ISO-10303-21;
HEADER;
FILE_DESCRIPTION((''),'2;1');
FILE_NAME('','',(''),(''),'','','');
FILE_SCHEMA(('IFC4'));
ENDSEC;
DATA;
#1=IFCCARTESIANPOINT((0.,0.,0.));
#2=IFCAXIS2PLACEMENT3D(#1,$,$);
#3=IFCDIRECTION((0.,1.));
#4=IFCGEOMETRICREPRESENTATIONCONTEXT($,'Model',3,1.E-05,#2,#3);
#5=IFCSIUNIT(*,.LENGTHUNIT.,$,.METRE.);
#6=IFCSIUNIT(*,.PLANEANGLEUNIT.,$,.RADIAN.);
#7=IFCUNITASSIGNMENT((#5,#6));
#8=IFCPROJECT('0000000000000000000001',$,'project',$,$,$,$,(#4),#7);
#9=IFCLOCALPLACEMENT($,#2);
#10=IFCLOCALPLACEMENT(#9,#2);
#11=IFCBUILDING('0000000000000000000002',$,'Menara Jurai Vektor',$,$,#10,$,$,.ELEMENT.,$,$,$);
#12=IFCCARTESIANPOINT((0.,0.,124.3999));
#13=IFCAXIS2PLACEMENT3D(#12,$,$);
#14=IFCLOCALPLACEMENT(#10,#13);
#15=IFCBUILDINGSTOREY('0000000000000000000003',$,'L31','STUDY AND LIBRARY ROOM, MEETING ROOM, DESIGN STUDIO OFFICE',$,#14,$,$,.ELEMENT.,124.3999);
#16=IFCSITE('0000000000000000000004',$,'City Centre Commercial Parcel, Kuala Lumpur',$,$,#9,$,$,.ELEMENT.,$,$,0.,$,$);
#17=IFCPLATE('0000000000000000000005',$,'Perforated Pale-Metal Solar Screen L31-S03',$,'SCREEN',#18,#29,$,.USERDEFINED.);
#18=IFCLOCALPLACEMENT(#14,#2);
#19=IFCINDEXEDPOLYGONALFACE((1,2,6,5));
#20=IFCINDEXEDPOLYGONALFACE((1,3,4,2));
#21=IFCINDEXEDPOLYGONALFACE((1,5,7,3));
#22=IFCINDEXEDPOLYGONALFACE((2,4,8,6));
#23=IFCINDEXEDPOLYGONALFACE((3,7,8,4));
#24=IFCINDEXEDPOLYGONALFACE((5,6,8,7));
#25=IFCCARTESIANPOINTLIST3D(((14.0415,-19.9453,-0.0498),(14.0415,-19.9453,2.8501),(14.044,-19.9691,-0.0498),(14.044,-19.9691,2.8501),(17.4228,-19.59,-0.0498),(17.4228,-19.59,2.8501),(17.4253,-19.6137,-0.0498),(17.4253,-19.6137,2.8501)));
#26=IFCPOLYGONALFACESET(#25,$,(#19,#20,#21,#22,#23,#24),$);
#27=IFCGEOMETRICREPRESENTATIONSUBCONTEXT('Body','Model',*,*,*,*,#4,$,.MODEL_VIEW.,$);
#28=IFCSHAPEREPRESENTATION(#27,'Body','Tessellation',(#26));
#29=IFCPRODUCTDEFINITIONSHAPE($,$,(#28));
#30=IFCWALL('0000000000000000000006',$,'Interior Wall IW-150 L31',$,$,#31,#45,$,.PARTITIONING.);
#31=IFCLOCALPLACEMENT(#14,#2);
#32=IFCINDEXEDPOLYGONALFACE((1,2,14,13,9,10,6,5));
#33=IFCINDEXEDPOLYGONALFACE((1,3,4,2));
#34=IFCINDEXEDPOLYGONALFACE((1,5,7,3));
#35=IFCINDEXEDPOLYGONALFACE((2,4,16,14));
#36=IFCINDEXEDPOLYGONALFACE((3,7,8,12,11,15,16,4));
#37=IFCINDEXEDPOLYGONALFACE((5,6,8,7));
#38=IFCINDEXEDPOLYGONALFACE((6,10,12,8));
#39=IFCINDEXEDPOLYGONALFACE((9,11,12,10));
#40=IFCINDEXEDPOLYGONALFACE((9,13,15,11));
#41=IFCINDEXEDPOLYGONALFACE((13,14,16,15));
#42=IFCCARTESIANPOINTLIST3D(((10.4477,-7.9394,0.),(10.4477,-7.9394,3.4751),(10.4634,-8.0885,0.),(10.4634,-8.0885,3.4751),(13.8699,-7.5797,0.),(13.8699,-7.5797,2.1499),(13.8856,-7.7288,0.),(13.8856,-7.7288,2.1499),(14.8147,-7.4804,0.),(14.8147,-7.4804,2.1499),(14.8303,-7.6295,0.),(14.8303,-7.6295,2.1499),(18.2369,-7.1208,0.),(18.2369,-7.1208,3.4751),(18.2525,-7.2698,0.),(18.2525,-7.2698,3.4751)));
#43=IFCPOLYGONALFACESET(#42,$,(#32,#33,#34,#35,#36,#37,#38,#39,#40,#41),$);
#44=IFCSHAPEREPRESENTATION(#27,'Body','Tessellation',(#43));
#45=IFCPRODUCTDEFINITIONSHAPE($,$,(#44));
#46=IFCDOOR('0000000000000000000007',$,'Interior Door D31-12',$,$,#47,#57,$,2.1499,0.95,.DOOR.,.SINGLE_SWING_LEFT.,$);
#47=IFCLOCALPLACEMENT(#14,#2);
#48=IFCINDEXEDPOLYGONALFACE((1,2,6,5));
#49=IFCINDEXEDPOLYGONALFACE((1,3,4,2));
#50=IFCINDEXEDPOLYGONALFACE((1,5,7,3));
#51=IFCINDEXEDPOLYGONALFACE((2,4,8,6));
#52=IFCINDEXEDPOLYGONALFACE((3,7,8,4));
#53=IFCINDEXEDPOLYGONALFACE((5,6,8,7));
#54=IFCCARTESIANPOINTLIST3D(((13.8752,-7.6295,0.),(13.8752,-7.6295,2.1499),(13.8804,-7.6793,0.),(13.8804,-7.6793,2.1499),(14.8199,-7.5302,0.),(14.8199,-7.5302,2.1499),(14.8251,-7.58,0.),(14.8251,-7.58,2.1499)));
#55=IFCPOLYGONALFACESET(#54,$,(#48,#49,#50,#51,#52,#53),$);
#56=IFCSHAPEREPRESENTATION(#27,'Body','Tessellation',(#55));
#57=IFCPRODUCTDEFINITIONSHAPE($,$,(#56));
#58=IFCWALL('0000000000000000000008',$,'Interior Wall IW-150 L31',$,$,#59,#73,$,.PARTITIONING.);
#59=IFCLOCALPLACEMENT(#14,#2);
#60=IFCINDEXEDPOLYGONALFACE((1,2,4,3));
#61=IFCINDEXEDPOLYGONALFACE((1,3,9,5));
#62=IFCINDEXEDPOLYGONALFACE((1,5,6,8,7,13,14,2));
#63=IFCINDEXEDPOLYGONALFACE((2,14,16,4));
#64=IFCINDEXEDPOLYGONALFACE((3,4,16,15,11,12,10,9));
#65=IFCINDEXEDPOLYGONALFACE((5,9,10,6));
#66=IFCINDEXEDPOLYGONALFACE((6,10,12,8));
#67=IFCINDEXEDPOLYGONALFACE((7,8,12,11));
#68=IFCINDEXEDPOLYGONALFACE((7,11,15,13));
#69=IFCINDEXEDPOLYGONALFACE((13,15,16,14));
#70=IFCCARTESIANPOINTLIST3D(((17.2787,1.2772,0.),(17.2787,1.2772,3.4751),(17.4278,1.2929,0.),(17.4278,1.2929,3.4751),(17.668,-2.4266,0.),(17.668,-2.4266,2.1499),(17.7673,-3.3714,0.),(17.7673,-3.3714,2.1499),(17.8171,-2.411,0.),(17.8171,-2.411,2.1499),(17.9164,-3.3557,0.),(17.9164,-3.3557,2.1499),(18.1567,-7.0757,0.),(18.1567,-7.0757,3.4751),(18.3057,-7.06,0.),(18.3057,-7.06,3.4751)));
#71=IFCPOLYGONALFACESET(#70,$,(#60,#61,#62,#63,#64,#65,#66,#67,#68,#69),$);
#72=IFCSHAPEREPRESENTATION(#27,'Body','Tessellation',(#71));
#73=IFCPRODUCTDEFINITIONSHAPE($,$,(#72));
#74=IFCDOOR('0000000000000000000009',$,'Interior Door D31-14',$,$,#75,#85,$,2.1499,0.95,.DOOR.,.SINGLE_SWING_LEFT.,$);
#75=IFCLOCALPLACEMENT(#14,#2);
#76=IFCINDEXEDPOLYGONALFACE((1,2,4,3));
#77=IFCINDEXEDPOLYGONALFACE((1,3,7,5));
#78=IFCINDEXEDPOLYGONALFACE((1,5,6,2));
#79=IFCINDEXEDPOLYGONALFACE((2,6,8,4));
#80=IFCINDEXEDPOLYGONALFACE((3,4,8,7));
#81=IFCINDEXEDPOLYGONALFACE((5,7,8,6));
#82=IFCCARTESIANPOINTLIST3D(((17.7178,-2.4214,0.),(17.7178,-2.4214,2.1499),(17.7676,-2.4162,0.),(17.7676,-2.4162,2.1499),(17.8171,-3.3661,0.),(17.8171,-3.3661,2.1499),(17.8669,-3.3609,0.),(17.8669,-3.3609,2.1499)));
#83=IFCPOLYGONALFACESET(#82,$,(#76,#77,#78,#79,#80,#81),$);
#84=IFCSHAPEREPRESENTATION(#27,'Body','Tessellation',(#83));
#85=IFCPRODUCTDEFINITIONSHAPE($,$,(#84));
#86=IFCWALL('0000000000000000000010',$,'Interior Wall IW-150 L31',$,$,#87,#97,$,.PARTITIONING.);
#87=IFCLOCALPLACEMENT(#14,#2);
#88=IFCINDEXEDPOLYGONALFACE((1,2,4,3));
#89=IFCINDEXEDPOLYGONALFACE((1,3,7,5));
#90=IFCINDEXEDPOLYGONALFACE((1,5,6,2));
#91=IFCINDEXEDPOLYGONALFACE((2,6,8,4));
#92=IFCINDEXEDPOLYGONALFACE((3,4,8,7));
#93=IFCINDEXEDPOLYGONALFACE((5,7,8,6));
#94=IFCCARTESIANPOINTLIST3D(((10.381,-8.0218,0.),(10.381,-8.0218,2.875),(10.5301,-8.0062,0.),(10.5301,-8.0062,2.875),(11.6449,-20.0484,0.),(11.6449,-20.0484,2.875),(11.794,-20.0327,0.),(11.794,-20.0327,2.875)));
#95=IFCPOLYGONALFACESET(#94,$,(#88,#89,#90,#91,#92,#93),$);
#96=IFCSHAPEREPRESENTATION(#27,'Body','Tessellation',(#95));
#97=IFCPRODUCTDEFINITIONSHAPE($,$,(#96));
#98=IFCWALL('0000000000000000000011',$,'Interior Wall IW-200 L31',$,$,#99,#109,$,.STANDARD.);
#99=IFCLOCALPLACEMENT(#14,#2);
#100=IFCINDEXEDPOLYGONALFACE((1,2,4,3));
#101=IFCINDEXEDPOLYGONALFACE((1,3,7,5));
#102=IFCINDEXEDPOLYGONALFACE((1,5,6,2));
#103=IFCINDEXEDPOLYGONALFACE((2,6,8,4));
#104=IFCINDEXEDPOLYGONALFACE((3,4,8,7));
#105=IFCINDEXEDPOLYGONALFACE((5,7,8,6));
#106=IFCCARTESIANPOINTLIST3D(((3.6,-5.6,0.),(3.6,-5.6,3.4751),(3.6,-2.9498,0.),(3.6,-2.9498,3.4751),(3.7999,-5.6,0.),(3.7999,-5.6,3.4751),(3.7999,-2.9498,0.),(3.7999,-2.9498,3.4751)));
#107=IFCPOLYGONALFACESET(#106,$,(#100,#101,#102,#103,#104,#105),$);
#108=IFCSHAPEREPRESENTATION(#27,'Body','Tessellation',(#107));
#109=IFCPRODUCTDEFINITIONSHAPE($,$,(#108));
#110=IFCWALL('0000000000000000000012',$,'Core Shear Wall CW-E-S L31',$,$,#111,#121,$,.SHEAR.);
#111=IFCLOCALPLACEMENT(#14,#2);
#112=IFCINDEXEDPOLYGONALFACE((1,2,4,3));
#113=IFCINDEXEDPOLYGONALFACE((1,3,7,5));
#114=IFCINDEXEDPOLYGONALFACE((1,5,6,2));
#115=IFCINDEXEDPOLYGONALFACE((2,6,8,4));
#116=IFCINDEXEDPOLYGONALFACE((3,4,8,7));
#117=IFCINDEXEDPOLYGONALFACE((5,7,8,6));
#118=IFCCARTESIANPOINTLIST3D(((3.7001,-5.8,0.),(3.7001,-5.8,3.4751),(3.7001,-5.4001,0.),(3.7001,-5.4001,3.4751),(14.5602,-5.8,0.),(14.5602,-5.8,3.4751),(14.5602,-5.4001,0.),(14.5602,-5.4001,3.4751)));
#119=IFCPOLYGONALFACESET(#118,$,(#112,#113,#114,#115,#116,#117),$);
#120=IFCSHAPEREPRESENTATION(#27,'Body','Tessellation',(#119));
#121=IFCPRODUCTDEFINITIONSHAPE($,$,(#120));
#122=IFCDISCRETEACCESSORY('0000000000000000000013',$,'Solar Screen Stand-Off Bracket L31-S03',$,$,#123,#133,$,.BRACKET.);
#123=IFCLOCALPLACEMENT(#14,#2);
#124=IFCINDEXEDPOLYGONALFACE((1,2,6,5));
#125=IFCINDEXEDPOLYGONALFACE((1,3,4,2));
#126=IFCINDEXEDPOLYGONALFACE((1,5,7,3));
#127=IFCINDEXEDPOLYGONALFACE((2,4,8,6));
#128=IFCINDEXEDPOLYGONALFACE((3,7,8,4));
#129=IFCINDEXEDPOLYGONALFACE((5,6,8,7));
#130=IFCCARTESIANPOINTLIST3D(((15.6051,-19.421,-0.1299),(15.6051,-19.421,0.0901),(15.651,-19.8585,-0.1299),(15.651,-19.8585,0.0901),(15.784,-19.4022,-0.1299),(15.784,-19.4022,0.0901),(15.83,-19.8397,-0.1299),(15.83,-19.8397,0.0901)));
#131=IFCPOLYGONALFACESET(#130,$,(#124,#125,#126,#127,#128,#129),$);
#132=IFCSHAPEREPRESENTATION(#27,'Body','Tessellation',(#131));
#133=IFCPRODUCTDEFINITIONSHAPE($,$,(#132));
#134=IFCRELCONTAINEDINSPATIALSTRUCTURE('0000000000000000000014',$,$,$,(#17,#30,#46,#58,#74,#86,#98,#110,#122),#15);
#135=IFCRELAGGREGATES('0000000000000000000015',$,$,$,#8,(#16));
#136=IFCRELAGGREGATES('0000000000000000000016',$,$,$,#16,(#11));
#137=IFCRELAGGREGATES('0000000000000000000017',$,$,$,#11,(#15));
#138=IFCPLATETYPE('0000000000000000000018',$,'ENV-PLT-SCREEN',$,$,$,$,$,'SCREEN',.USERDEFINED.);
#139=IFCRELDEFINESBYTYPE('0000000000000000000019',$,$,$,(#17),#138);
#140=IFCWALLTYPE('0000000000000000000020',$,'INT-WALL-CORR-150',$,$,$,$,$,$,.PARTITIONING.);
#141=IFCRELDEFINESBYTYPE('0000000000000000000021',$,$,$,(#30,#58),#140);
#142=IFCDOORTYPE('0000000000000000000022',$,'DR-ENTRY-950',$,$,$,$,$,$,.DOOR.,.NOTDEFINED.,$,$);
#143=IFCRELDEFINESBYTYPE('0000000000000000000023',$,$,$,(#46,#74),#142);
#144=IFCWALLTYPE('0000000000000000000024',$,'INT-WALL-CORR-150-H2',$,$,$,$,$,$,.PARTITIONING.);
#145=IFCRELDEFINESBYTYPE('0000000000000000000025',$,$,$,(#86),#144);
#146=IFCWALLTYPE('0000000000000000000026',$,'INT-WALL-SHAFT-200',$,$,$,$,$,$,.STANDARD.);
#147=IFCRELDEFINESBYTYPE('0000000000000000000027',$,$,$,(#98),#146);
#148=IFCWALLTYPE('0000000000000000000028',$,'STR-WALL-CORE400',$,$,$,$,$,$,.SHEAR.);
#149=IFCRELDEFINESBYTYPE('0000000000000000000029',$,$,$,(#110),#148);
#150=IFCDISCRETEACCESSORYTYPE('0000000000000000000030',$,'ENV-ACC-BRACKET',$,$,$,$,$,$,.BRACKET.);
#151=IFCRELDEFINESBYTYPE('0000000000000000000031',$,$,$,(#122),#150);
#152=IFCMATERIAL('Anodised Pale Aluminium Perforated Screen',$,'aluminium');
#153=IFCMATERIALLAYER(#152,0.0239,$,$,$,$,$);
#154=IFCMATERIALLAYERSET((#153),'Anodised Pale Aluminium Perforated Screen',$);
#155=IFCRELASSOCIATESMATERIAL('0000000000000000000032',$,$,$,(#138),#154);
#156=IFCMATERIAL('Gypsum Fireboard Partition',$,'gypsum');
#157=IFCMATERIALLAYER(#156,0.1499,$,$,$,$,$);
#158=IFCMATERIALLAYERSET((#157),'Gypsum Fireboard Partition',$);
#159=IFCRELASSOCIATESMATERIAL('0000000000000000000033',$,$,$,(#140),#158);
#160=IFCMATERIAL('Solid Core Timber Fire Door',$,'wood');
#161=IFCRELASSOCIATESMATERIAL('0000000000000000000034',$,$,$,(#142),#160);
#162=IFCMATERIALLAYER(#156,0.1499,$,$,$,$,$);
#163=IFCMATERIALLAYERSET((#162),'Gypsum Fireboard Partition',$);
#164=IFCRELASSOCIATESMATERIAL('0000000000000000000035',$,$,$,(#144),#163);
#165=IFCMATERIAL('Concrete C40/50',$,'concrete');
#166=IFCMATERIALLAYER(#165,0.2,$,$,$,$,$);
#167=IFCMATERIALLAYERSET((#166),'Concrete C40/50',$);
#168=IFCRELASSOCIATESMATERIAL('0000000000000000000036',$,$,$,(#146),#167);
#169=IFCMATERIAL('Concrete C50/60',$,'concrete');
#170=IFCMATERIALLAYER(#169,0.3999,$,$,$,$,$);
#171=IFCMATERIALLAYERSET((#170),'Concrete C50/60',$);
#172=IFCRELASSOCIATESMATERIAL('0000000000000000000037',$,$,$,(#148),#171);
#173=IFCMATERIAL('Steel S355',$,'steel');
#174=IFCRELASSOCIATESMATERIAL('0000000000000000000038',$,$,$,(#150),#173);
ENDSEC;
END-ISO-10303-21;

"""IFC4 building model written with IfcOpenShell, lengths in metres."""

from ifc_helpers import new_model, si_unit, direction, frame, frame_2d, origin, origin_2d, place, context, subcontext, project, spatial, rectangle, extrude, material, layer, layer_set, type_object, element, fill, save


model = new_model("IFC4")

# Units and contexts
model_context = context("Model", 3, precision=1e-05, world=origin(), true_north=direction((0.0, 1.0)))
body_context = subcontext(model_context, "Body", "Model", "MODEL_VIEW")
ifc_project = project(units=[si_unit("LENGTHUNIT", "METRE"), si_unit("PLANEANGLEUNIT", "RADIAN")], contexts=[model_context])

# Site, building, storey
site_placement = place(None, origin())
site = spatial("IfcSite", under=ifc_project, at=site_placement, Name="City Centre Commercial Parcel, Kuala Lumpur", CompositionType="ELEMENT", RefElevation=0.0)
building_placement = place(site_placement, origin())
building = spatial("IfcBuilding", under=site, at=building_placement, Name="Menara Jurai Vektor", CompositionType="ELEMENT")
storey_placement = place(building_placement, frame((0.0, 0.0, 124.3999)))
storey = spatial("IfcBuildingStorey", under=building, at=storey_placement, Name="L31", Description="STUDY AND LIBRARY ROOM, MEETING ROOM, DESIGN STUDIO OFFICE", CompositionType="ELEMENT", Elevation=124.3999)

# Shared definitions
ifc_material_1 = material(Name="Concrete C50/60", Category="concrete")

# Shared definitions
ifc_material_2 = material(Name="Steel S355", Category="steel")

# Plate
ifc_material_3 = material(Name="Anodised Pale Aluminium Perforated Screen", Category="aluminium")
ifc_layer_1 = layer(ifc_material_3, 0.0239)
ifc_layer_set_1 = layer_set([ifc_layer_1], Name="Anodised Pale Aluminium Perforated Screen")
plate_type_1 = type_object("IfcPlateType", Name="ENV-PLT-SCREEN", ElementType="SCREEN", PredefinedType="USERDEFINED", material=ifc_layer_set_1)
plate_1_placement = place(storey_placement, frame((15.7334, -19.7795, -0.0498), z_axis=(0.0, 0.0, 1.0), x_axis=(0.994522, 0.104528, 0.0)))
element("IfcPlate", 1, at=plate_1_placement, inside=storey, type_object=plate_type_1, Name="Perforated Pale-Metal Solar Screen L31-S03", ObjectType="SCREEN", PredefinedType="USERDEFINED", context=body_context, shape_type="SweptSolid", body=[
    extrude(rectangle(XDim=3.3999, YDim=0.0239, at=origin_2d()), origin(), (0.0, 0.0, 1.0), 2.8999),
])

# Walls, openings, doors
ifc_material_4 = material(Name="Gypsum Fireboard Partition", Category="gypsum")
ifc_layer_2 = layer(ifc_material_4, 0.1499)
ifc_layer_set_2 = layer_set([ifc_layer_2], Name="Gypsum Fireboard Partition")
wall_type_1 = type_object("IfcWallType", Name="INT-WALL-CORR-150", PredefinedType="PARTITIONING", material=ifc_layer_set_2)
wall_1_placement = place(storey_placement, frame((10.4556, -8.0139, 0.0), z_axis=(0.0, 0.0, 1.0), x_axis=(0.994523, 0.104521, 0.0)))
wall_1 = element("IfcWall", 2, at=wall_1_placement, inside=storey, type_object=wall_type_1, Name="Interior Wall IW-150 L31", PredefinedType="PARTITIONING", context=body_context, shape_type="SweptSolid", body=[
    extrude(rectangle(XDim=7.832, YDim=0.1499, at=frame_2d((3.916, 0.0))), origin(), (0.0, 0.0, 1.0), 3.4751),
])
opening_1_placement = place(wall_1_placement, frame((3.4409, 0.0, 0.0)))
opening_1 = element("IfcOpeningElement", 3, at=opening_1_placement, cuts=wall_1, PredefinedType="OPENING", context=body_context, shape_type="SweptSolid", body=[
    extrude(rectangle(XDim=0.95, YDim=2.1499, at=frame_2d((0.4751, 1.075))), frame((0.0, 0.085, 0.0), z_axis=(0.0, -1.0, 0.0), x_axis=(1.0, 0.0, 0.0)), (0.0, 0.0, 1.0), 0.1699),
])
ifc_material_5 = material(Name="Solid Core Timber Fire Door", Category="wood")
door_type = type_object("IfcDoorType", Name="DR-ENTRY-950", OperationType="NOTDEFINED", PredefinedType="DOOR", material=ifc_material_5)
door_1_placement = place(opening_1_placement, origin())
door_1 = element("IfcDoor", 4, at=door_1_placement, inside=storey, type_object=door_type, Name="Interior Door D31-12", OperationType="SINGLE_SWING_LEFT", OverallHeight=2.1499, OverallWidth=0.95, PredefinedType="DOOR", context=body_context, shape_type="SweptSolid", body=[
    extrude(rectangle(XDim=0.95, YDim=2.1499, at=frame_2d((0.4751, 1.075))), frame((0.0, 0.0249, 0.0), z_axis=(0.0, -1.0, 0.0), x_axis=(1.0, 0.0, 0.0)), (0.0, 0.0, 1.0), 0.05),
])
fill(opening_1, door_1)
wall_2_placement = place(storey_placement, frame((18.2312, -7.0679, 0.0), z_axis=(0.0, 0.0, 1.0), x_axis=(-0.104527, 0.994522, 0.0)))
wall_2 = element("IfcWall", 5, at=wall_2_placement, inside=storey, type_object=wall_type_1, Name="Interior Wall IW-150 L31", PredefinedType="PARTITIONING", context=body_context, shape_type="SweptSolid", body=[
    extrude(rectangle(XDim=8.3989, YDim=0.1499, at=frame_2d((4.1995, 0.0))), origin(), (0.0, 0.0, 1.0), 3.4751),
])
opening_2_placement = place(wall_2_placement, frame((3.7246, 0.0, 0.0)))
opening_2 = element("IfcOpeningElement", 6, at=opening_2_placement, cuts=wall_2, PredefinedType="OPENING", context=body_context, shape_type="SweptSolid", body=[
    extrude(rectangle(XDim=0.95, YDim=2.1499, at=frame_2d((0.4751, 1.075))), frame((0.0, 0.085, 0.0), z_axis=(0.0, -1.0, 0.0), x_axis=(1.0, 0.0, 0.0)), (0.0, 0.0, 1.0), 0.1699),
])
door_2_placement = place(opening_2_placement, origin())
door_2 = element("IfcDoor", 7, at=door_2_placement, inside=storey, type_object=door_type, Name="Interior Door D31-14", OperationType="SINGLE_SWING_LEFT", OverallHeight=2.1499, OverallWidth=0.95, PredefinedType="DOOR", context=body_context, shape_type="SweptSolid", body=[
    extrude(rectangle(XDim=0.95, YDim=2.1499, at=frame_2d((0.4751, 1.075))), frame((0.0, 0.0249, 0.0), z_axis=(0.0, -1.0, 0.0), x_axis=(1.0, 0.0, 0.0)), (0.0, 0.0, 1.0), 0.05),
])
fill(opening_2, door_2)

# Walls
ifc_layer_3 = layer(ifc_material_4, 0.1499)
ifc_layer_set_3 = layer_set([ifc_layer_3], Name="Gypsum Fireboard Partition")
wall_type_2 = type_object("IfcWallType", Name="INT-WALL-CORR-150-H2", PredefinedType="PARTITIONING", material=ifc_layer_set_3)
wall_3_placement = place(storey_placement, frame((11.7195, -20.0405, 0.0), z_axis=(0.0, 0.0, 1.0), x_axis=(-0.104518, 0.994523, 0.0)))
element("IfcWall", 8, at=wall_3_placement, inside=storey, type_object=wall_type_2, Name="Interior Wall IW-150 L31", PredefinedType="PARTITIONING", context=body_context, shape_type="SweptSolid", body=[
    extrude(rectangle(XDim=12.0928, YDim=0.1499, at=frame_2d((6.0464, 0.0))), origin(), (0.0, 0.0, 1.0), 2.875),
])
ifc_material_6 = material(Name="Concrete C40/50", Category="concrete")
ifc_layer_4 = layer(ifc_material_6, 0.2)
ifc_layer_set_4 = layer_set([ifc_layer_4], Name="Concrete C40/50")
wall_type_3 = type_object("IfcWallType", Name="INT-WALL-SHAFT-200", PredefinedType="STANDARD", material=ifc_layer_set_4)
wall_4_placement = place(storey_placement, frame((3.7, -5.6001, 0.0), z_axis=(0.0, 0.0, 1.0), x_axis=(0.0, 1.0, 0.0)))
element("IfcWall", 9, at=wall_4_placement, inside=storey, type_object=wall_type_3, Name="Interior Wall IW-200 L31", PredefinedType="STANDARD", context=body_context, shape_type="SweptSolid", body=[
    extrude(rectangle(XDim=2.6501, YDim=0.2, at=frame_2d((1.3252, 0.0))), origin(), (0.0, 0.0, 1.0), 3.4751),
])
ifc_layer_5 = layer(ifc_material_1, 0.3999)
ifc_layer_set_5 = layer_set([ifc_layer_5], Name="Concrete C50/60")
wall_type_4 = type_object("IfcWallType", Name="STR-WALL-CORE400", PredefinedType="SHEAR", material=ifc_layer_set_5)
wall_5_placement = place(storey_placement, frame((3.7, -5.6001, 0.0), z_axis=(0.0, 0.0, 1.0), x_axis=(1.0, 0.0, 0.0)))
element("IfcWall", 10, at=wall_5_placement, inside=storey, type_object=wall_type_4, Name="Core Shear Wall CW-E-S L31", PredefinedType="SHEAR", context=body_context, shape_type="SweptSolid", body=[
    extrude(rectangle(XDim=10.8601, YDim=0.3999, at=frame_2d((5.4302, 0.0))), origin(), (0.0, 0.0, 1.0), 3.4751),
])

# Discrete accessory
discrete_accessory_type = type_object("IfcDiscreteAccessoryType", Name="ENV-ACC-BRACKET", PredefinedType="BRACKET", material=ifc_material_2)
discrete_accessory_placement = place(storey_placement, frame((15.7175, -19.6304, -0.1299), z_axis=(0.0, 0.0, 1.0), x_axis=(0.994522, 0.104528, 0.0)))
element("IfcDiscreteAccessory", 11, at=discrete_accessory_placement, inside=storey, type_object=discrete_accessory_type, Name="Solar Screen Stand-Off Bracket L31-S03", PredefinedType="BRACKET", context=body_context, shape_type="SweptSolid", body=[
    extrude(rectangle(XDim=0.1799, YDim=0.4399, at=origin_2d()), origin(), (0.0, 0.0, 1.0), 0.22),
])

save(model, "model.ifc")
